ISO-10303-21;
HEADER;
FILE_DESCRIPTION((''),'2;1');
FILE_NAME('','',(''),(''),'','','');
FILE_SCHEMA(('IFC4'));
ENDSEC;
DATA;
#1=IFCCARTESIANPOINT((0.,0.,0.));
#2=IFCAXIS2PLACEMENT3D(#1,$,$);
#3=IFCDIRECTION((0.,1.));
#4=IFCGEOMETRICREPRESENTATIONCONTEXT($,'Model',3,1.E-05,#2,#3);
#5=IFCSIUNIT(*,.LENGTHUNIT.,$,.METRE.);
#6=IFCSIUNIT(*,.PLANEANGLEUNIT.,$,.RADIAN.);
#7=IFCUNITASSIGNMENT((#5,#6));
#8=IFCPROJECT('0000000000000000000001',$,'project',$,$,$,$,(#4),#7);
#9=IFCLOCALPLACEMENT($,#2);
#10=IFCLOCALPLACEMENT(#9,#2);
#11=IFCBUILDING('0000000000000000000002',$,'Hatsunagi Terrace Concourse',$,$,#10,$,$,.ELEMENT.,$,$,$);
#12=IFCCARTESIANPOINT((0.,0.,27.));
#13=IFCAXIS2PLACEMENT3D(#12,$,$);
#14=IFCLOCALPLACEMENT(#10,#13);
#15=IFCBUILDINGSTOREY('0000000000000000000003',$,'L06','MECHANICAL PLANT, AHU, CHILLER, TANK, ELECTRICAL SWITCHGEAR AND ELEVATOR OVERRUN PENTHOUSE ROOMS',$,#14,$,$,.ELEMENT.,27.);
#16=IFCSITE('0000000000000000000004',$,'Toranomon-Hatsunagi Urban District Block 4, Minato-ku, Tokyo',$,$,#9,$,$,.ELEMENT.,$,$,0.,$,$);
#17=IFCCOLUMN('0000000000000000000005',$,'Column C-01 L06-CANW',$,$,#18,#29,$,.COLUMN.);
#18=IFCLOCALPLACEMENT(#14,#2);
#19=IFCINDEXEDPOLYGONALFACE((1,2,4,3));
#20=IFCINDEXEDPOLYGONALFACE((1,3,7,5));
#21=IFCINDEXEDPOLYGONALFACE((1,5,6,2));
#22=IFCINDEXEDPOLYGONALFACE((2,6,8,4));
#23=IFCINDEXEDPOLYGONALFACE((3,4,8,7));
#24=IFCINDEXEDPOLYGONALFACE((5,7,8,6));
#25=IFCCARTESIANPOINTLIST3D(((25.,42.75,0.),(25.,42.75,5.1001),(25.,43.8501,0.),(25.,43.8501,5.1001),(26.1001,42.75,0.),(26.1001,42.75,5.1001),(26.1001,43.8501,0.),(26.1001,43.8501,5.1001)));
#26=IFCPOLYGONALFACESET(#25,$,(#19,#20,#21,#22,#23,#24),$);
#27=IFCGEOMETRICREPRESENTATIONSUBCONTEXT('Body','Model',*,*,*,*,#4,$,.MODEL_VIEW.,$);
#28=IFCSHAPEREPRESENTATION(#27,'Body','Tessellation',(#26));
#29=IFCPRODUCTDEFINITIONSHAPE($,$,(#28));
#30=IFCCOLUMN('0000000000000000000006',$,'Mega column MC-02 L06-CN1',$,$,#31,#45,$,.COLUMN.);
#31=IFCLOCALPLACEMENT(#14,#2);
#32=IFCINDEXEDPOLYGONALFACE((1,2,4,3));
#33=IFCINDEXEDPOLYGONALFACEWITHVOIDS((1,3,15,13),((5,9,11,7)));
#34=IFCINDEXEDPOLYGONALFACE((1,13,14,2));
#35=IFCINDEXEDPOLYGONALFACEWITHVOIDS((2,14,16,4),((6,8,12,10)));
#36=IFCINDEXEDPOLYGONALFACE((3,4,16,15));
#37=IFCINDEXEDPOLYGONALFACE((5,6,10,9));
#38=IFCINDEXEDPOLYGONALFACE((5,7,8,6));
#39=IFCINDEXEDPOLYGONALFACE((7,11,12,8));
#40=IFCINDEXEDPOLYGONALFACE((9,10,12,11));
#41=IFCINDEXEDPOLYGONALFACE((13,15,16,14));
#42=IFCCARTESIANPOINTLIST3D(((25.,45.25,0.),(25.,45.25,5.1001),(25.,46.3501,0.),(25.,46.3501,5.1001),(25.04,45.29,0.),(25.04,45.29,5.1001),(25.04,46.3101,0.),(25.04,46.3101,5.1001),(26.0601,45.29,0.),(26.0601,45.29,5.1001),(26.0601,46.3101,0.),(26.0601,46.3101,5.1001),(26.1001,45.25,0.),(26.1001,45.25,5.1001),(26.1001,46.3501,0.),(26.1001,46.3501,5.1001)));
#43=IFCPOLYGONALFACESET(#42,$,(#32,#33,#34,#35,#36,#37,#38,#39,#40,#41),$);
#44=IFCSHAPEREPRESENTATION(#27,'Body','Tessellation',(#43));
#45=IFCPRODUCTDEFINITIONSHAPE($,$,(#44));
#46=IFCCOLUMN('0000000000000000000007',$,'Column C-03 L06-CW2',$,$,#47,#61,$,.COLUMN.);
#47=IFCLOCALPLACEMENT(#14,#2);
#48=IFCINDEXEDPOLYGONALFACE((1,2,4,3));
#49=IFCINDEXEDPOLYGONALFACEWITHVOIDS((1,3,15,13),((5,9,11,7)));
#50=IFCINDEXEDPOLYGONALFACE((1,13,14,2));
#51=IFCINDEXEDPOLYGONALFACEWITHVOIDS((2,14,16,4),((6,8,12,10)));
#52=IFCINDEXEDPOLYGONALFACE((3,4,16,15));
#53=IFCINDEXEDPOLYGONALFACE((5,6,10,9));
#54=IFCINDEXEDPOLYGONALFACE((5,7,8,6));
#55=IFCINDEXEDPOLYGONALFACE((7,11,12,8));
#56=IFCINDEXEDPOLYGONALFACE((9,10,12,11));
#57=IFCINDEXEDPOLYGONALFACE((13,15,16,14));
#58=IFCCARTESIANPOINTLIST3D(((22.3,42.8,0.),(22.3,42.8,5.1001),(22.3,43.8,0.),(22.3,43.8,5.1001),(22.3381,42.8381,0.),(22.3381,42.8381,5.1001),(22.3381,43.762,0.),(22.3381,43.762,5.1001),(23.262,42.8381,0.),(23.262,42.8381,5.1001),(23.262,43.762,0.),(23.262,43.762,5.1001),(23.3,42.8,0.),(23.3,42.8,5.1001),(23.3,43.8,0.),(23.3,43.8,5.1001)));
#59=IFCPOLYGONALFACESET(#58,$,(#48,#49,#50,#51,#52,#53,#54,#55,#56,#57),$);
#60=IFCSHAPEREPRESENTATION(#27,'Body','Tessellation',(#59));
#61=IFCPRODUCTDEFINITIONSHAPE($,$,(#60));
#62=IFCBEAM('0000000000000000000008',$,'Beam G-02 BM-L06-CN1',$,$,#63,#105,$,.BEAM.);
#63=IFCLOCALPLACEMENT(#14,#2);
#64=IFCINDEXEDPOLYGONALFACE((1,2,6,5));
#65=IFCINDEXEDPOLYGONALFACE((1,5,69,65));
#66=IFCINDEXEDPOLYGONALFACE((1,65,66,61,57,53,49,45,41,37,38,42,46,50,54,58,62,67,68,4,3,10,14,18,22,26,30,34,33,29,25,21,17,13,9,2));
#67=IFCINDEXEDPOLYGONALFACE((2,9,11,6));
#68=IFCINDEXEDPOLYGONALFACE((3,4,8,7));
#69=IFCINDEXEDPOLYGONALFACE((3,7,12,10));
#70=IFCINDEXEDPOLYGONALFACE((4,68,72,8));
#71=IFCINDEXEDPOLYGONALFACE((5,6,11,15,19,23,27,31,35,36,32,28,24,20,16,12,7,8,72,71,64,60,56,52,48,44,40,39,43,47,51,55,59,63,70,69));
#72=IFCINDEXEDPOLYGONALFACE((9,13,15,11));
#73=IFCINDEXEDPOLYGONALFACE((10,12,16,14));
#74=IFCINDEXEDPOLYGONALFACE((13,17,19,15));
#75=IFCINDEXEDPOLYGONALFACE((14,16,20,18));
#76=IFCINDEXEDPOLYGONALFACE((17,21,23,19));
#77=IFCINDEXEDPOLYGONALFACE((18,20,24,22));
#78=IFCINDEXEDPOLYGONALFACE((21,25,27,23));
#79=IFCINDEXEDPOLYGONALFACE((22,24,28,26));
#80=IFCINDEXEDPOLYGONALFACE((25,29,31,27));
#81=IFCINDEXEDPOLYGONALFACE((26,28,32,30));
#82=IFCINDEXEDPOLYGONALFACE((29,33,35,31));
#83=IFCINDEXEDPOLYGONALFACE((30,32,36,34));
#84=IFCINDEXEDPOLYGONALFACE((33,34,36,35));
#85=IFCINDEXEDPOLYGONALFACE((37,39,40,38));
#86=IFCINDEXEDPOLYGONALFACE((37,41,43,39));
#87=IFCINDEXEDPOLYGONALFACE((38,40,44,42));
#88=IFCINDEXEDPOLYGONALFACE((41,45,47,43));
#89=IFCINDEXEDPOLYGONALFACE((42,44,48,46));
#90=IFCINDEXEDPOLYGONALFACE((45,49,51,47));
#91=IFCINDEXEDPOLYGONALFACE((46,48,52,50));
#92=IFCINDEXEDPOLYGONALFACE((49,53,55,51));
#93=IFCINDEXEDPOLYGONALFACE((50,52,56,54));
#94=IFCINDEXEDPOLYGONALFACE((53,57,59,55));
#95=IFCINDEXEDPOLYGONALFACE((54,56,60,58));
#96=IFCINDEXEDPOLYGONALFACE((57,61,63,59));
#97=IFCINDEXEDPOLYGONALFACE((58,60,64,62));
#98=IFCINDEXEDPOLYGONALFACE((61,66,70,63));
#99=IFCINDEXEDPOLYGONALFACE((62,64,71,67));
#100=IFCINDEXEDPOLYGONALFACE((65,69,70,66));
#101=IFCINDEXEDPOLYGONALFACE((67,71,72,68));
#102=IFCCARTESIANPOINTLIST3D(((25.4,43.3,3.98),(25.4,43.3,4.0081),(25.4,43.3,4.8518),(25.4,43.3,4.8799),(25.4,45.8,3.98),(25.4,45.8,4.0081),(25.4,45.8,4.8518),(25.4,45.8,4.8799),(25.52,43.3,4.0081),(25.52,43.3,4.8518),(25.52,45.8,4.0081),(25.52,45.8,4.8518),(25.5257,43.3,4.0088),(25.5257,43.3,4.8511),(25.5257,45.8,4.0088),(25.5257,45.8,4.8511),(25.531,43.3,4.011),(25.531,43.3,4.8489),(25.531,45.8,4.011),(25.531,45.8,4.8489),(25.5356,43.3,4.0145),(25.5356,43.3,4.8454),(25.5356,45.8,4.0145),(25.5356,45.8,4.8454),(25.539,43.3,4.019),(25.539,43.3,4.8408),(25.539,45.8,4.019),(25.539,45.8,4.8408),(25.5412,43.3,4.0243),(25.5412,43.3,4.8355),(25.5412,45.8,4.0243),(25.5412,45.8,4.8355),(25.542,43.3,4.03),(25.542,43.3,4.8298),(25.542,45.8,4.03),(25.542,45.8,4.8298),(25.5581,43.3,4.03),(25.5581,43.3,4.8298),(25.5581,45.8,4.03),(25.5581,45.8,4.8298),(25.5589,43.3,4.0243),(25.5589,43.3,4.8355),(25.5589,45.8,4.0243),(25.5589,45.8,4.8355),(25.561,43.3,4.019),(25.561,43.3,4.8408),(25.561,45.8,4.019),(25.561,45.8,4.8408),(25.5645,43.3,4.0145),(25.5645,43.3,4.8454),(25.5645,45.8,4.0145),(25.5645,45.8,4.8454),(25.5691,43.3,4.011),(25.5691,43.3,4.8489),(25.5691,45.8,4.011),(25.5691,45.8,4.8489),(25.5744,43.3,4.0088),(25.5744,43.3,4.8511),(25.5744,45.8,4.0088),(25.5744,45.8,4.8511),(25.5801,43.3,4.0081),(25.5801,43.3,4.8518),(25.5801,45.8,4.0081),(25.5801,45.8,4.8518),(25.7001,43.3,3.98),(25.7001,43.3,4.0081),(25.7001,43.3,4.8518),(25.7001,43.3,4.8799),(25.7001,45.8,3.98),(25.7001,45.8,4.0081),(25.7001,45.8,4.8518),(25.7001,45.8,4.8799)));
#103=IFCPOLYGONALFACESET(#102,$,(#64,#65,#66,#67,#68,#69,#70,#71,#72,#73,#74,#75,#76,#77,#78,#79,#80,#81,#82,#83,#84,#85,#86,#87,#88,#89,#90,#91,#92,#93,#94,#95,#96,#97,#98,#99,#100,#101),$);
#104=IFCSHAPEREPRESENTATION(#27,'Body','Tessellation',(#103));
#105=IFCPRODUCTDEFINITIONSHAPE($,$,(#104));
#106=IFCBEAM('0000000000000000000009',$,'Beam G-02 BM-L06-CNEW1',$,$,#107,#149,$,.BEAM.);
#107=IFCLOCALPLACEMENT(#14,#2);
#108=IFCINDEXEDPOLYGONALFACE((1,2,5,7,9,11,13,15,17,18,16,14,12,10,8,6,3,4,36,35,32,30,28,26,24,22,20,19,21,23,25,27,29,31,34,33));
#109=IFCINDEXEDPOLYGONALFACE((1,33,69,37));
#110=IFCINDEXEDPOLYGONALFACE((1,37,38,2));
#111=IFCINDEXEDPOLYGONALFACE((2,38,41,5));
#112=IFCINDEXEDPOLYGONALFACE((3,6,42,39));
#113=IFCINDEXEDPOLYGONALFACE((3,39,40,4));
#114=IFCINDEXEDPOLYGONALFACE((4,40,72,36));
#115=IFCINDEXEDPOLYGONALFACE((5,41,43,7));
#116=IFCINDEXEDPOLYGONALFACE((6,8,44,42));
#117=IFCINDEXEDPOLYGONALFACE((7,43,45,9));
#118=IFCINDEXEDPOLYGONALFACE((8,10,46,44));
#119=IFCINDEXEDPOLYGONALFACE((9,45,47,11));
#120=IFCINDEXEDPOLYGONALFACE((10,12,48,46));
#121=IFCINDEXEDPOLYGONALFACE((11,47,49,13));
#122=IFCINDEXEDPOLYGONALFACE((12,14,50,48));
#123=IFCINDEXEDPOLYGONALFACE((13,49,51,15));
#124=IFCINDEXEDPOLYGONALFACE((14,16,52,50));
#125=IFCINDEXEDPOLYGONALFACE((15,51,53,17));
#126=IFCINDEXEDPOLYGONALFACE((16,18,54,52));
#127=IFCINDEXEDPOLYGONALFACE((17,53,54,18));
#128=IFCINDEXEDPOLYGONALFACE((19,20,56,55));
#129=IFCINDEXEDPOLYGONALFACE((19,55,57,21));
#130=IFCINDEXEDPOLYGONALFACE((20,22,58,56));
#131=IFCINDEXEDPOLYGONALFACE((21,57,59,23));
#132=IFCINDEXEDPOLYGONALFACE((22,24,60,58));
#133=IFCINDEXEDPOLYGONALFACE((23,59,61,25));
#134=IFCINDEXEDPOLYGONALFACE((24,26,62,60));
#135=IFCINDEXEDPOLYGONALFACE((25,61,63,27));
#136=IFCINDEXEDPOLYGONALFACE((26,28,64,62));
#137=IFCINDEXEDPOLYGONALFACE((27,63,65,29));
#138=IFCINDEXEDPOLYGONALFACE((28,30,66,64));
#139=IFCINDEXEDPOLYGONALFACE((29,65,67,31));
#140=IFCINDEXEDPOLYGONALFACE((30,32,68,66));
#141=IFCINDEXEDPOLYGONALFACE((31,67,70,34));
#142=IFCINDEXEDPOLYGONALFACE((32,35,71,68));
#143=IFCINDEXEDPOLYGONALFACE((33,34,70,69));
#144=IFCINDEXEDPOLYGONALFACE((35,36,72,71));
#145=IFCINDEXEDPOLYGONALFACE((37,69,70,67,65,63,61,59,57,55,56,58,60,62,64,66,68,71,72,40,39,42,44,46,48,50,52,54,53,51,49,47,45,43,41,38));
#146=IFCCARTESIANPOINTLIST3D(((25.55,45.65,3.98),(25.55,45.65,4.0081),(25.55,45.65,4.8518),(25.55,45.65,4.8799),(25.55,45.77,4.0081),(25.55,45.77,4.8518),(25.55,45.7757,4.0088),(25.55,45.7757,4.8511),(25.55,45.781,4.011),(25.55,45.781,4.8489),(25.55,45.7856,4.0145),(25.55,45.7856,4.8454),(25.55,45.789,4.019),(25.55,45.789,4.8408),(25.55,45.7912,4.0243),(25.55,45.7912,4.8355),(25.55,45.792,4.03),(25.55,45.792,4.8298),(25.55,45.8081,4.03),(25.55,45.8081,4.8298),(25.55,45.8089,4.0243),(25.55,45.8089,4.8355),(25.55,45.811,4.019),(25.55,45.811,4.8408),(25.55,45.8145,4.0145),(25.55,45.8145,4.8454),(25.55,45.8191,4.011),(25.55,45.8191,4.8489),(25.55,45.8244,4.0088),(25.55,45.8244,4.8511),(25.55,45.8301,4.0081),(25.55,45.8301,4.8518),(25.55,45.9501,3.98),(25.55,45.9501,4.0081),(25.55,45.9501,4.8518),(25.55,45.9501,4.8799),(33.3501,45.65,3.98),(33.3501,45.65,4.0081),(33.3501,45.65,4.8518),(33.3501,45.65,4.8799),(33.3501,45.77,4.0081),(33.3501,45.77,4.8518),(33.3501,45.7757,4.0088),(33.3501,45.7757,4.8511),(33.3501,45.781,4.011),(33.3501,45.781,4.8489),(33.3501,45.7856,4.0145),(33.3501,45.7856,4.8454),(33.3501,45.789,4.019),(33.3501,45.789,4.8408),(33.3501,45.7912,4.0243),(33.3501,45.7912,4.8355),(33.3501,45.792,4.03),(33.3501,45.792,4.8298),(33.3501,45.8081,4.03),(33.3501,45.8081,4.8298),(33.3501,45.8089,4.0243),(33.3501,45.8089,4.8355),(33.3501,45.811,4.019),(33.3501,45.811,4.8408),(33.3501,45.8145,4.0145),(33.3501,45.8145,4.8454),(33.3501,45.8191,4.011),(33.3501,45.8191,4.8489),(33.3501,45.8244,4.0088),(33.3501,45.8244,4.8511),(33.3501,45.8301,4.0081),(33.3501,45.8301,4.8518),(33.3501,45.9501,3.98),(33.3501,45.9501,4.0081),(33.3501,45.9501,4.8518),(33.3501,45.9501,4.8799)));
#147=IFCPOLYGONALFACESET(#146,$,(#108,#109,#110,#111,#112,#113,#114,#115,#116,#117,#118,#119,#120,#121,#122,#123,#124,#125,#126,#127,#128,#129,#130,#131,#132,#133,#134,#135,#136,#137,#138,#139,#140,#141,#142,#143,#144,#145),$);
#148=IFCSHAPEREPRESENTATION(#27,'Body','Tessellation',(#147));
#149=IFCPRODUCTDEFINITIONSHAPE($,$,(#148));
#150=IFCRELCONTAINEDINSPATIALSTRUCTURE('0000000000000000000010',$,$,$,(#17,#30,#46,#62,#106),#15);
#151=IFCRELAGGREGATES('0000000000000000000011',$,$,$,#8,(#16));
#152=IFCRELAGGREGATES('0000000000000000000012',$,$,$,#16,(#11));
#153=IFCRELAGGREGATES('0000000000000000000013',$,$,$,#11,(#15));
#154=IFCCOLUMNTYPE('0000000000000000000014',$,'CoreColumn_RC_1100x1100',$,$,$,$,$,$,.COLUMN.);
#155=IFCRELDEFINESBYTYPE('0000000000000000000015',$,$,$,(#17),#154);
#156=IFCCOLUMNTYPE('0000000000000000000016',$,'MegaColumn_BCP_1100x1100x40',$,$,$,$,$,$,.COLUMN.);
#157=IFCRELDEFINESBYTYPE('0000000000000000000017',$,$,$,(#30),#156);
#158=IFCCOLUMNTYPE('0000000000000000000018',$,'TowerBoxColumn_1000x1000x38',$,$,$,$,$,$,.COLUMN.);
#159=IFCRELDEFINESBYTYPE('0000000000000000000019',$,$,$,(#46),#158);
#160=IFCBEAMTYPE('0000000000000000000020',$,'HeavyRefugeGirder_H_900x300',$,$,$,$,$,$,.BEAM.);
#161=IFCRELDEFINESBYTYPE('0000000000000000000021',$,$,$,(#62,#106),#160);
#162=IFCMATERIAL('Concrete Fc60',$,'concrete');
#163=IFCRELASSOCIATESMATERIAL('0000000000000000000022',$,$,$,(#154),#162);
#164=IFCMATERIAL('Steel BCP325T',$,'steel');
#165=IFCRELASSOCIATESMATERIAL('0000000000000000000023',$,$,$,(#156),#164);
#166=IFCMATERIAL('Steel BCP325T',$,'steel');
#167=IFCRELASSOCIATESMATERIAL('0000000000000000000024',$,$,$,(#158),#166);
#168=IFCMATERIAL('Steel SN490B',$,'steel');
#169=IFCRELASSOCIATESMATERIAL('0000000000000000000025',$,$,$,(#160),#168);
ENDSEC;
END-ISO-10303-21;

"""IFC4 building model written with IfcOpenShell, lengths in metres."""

from ifc_helpers import new_model, si_unit, direction, frame, origin, origin_2d, place, context, subcontext, project, spatial, rectangle, hollow_rectangle, i_section, extrude, material, material_profile, profile_set, type_object, element, save


model = new_model("IFC4")

# Units and contexts
model_context = context("Model", 3, precision=1e-05, world=origin(), true_north=direction((0.0, 1.0)))
body_context = subcontext(model_context, "Body", "Model", "MODEL_VIEW")
ifc_project = project(units=[si_unit("LENGTHUNIT", "METRE"), si_unit("PLANEANGLEUNIT", "RADIAN")], contexts=[model_context])

# Site, building, storey
site_placement = place(None, origin())
site = spatial("IfcSite", under=ifc_project, at=site_placement, Name="Toranomon-Hatsunagi Urban District Block 4, Minato-ku, Tokyo", CompositionType="ELEMENT", RefElevation=0.0)
building_placement = place(site_placement, origin())
building = spatial("IfcBuilding", under=site, at=building_placement, Name="Hatsunagi Terrace Concourse", CompositionType="ELEMENT")
storey_placement = place(building_placement, frame((0.0, 0.0, 27.0)))
storey = spatial("IfcBuildingStorey", under=building, at=storey_placement, Name="L06", Description="MECHANICAL PLANT, AHU, CHILLER, TANK, ELECTRICAL SWITCHGEAR AND ELEVATOR OVERRUN PENTHOUSE ROOMS", CompositionType="ELEMENT", Elevation=27.0)

# Columns
ifc_material_1 = material(Name="Concrete Fc60", Category="concrete")
ifc_material_profile_1 = material_profile(ifc_material_1, rectangle(XDim=1.1001, YDim=1.1001, at=origin_2d()), Name="RC-1100x1100")
ifc_profile_set_1 = profile_set([ifc_material_profile_1], Name="Concrete Fc60")
column_type_1 = type_object("IfcColumnType", Name="CoreColumn_RC_1100x1100", PredefinedType="COLUMN", material=ifc_profile_set_1)
column_1_placement = place(storey_placement, frame((25.55, 43.3, 0.0), z_axis=(0.0, 0.0, 1.0), x_axis=(1.0, 0.0, 0.0)))
element("IfcColumn", 1, at=column_1_placement, inside=storey, type_object=column_type_1, Name="Column C-01 L06-CANW", PredefinedType="COLUMN", context=body_context, shape_type="SweptSolid", body=[
    extrude(rectangle(XDim=1.1001, YDim=1.1001, at=origin_2d()), origin(), (0.0, 0.0, 1.0), 5.1001),
])
ifc_material_2 = material(Name="Steel BCP325T", Category="steel")
ifc_material_profile_2 = material_profile(ifc_material_2, hollow_rectangle(XDim=1.1001, YDim=1.1001, WallThickness=0.04, at=origin_2d()), Name="BCP-1100x1100x40")
ifc_profile_set_2 = profile_set([ifc_material_profile_2], Name="Steel BCP325T")
column_type_2 = type_object("IfcColumnType", Name="MegaColumn_BCP_1100x1100x40", PredefinedType="COLUMN", material=ifc_profile_set_2)
column_2_placement = place(storey_placement, frame((25.55, 45.8, 0.0), z_axis=(0.0, 0.0, 1.0), x_axis=(1.0, 0.0, 0.0)))
element("IfcColumn", 2, at=column_2_placement, inside=storey, type_object=column_type_2, Name="Mega column MC-02 L06-CN1", PredefinedType="COLUMN", context=body_context, shape_type="SweptSolid", body=[
    extrude(hollow_rectangle(XDim=1.1001, YDim=1.1001, WallThickness=0.04, at=origin_2d()), origin(), (0.0, 0.0, 1.0), 5.1001),
])
ifc_material_3 = material(Name="Steel BCP325T", Category="steel")
ifc_material_profile_3 = material_profile(ifc_material_3, hollow_rectangle(XDim=1.0, YDim=1.0, WallThickness=0.0381, at=origin_2d()), Name="BCP-1000x1000x38")
ifc_profile_set_3 = profile_set([ifc_material_profile_3], Name="Steel BCP325T")
column_type_3 = type_object("IfcColumnType", Name="TowerBoxColumn_1000x1000x38", PredefinedType="COLUMN", material=ifc_profile_set_3)
column_3_placement = place(storey_placement, frame((22.8, 43.3, 0.0), z_axis=(0.0, 0.0, 1.0), x_axis=(1.0, 0.0, 0.0)))
element("IfcColumn", 3, at=column_3_placement, inside=storey, type_object=column_type_3, Name="Column C-03 L06-CW2", PredefinedType="COLUMN", context=body_context, shape_type="SweptSolid", body=[
    extrude(hollow_rectangle(XDim=1.0, YDim=1.0, WallThickness=0.0381, at=origin_2d()), origin(), (0.0, 0.0, 1.0), 5.1001),
])

# Beams
ifc_material_4 = material(Name="Steel SN490B", Category="steel")
ifc_material_profile_4 = material_profile(ifc_material_4, i_section(OverallWidth=0.3, OverallDepth=0.8999, WebThickness=0.0161, FlangeThickness=0.0281, FilletRadius=0.022, at=origin_2d()), Name="H-900x300x16x28")
ifc_profile_set_4 = profile_set([ifc_material_profile_4], Name="Steel SN490B")
beam_type_1 = type_object("IfcBeamType", Name="HeavyRefugeGirder_H_900x300", PredefinedType="BEAM", material=ifc_profile_set_4)
beam_1_placement = place(storey_placement, frame((25.55, 43.3, 4.4299), z_axis=(0.0, 1.0, 0.0), x_axis=(-1.0, 0.0, 0.0)))
element("IfcBeam", 4, at=beam_1_placement, inside=storey, type_object=beam_type_1, Name="Beam G-02 BM-L06-CN1", PredefinedType="BEAM", context=body_context, shape_type="SweptSolid", body=[
    extrude(i_section(OverallWidth=0.3, OverallDepth=0.8999, WebThickness=0.0161, FlangeThickness=0.0281, FilletRadius=0.022, at=origin_2d()), origin(), (0.0, 0.0, 1.0), 2.5),
])
beam_2_placement = place(storey_placement, frame((25.55, 45.8, 4.4299), z_axis=(1.0, 0.0, 0.0), x_axis=(0.0, 1.0, 0.0)))
element("IfcBeam", 5, at=beam_2_placement, inside=storey, type_object=beam_type_1, Name="Beam G-02 BM-L06-CNEW1", PredefinedType="BEAM", context=body_context, shape_type="SweptSolid", body=[
    extrude(i_section(OverallWidth=0.3, OverallDepth=0.8999, WebThickness=0.0161, FlangeThickness=0.0281, FilletRadius=0.022, at=origin_2d()), origin(), (0.0, 0.0, 1.0), 7.8),
])

save(model, "model.ifc")
